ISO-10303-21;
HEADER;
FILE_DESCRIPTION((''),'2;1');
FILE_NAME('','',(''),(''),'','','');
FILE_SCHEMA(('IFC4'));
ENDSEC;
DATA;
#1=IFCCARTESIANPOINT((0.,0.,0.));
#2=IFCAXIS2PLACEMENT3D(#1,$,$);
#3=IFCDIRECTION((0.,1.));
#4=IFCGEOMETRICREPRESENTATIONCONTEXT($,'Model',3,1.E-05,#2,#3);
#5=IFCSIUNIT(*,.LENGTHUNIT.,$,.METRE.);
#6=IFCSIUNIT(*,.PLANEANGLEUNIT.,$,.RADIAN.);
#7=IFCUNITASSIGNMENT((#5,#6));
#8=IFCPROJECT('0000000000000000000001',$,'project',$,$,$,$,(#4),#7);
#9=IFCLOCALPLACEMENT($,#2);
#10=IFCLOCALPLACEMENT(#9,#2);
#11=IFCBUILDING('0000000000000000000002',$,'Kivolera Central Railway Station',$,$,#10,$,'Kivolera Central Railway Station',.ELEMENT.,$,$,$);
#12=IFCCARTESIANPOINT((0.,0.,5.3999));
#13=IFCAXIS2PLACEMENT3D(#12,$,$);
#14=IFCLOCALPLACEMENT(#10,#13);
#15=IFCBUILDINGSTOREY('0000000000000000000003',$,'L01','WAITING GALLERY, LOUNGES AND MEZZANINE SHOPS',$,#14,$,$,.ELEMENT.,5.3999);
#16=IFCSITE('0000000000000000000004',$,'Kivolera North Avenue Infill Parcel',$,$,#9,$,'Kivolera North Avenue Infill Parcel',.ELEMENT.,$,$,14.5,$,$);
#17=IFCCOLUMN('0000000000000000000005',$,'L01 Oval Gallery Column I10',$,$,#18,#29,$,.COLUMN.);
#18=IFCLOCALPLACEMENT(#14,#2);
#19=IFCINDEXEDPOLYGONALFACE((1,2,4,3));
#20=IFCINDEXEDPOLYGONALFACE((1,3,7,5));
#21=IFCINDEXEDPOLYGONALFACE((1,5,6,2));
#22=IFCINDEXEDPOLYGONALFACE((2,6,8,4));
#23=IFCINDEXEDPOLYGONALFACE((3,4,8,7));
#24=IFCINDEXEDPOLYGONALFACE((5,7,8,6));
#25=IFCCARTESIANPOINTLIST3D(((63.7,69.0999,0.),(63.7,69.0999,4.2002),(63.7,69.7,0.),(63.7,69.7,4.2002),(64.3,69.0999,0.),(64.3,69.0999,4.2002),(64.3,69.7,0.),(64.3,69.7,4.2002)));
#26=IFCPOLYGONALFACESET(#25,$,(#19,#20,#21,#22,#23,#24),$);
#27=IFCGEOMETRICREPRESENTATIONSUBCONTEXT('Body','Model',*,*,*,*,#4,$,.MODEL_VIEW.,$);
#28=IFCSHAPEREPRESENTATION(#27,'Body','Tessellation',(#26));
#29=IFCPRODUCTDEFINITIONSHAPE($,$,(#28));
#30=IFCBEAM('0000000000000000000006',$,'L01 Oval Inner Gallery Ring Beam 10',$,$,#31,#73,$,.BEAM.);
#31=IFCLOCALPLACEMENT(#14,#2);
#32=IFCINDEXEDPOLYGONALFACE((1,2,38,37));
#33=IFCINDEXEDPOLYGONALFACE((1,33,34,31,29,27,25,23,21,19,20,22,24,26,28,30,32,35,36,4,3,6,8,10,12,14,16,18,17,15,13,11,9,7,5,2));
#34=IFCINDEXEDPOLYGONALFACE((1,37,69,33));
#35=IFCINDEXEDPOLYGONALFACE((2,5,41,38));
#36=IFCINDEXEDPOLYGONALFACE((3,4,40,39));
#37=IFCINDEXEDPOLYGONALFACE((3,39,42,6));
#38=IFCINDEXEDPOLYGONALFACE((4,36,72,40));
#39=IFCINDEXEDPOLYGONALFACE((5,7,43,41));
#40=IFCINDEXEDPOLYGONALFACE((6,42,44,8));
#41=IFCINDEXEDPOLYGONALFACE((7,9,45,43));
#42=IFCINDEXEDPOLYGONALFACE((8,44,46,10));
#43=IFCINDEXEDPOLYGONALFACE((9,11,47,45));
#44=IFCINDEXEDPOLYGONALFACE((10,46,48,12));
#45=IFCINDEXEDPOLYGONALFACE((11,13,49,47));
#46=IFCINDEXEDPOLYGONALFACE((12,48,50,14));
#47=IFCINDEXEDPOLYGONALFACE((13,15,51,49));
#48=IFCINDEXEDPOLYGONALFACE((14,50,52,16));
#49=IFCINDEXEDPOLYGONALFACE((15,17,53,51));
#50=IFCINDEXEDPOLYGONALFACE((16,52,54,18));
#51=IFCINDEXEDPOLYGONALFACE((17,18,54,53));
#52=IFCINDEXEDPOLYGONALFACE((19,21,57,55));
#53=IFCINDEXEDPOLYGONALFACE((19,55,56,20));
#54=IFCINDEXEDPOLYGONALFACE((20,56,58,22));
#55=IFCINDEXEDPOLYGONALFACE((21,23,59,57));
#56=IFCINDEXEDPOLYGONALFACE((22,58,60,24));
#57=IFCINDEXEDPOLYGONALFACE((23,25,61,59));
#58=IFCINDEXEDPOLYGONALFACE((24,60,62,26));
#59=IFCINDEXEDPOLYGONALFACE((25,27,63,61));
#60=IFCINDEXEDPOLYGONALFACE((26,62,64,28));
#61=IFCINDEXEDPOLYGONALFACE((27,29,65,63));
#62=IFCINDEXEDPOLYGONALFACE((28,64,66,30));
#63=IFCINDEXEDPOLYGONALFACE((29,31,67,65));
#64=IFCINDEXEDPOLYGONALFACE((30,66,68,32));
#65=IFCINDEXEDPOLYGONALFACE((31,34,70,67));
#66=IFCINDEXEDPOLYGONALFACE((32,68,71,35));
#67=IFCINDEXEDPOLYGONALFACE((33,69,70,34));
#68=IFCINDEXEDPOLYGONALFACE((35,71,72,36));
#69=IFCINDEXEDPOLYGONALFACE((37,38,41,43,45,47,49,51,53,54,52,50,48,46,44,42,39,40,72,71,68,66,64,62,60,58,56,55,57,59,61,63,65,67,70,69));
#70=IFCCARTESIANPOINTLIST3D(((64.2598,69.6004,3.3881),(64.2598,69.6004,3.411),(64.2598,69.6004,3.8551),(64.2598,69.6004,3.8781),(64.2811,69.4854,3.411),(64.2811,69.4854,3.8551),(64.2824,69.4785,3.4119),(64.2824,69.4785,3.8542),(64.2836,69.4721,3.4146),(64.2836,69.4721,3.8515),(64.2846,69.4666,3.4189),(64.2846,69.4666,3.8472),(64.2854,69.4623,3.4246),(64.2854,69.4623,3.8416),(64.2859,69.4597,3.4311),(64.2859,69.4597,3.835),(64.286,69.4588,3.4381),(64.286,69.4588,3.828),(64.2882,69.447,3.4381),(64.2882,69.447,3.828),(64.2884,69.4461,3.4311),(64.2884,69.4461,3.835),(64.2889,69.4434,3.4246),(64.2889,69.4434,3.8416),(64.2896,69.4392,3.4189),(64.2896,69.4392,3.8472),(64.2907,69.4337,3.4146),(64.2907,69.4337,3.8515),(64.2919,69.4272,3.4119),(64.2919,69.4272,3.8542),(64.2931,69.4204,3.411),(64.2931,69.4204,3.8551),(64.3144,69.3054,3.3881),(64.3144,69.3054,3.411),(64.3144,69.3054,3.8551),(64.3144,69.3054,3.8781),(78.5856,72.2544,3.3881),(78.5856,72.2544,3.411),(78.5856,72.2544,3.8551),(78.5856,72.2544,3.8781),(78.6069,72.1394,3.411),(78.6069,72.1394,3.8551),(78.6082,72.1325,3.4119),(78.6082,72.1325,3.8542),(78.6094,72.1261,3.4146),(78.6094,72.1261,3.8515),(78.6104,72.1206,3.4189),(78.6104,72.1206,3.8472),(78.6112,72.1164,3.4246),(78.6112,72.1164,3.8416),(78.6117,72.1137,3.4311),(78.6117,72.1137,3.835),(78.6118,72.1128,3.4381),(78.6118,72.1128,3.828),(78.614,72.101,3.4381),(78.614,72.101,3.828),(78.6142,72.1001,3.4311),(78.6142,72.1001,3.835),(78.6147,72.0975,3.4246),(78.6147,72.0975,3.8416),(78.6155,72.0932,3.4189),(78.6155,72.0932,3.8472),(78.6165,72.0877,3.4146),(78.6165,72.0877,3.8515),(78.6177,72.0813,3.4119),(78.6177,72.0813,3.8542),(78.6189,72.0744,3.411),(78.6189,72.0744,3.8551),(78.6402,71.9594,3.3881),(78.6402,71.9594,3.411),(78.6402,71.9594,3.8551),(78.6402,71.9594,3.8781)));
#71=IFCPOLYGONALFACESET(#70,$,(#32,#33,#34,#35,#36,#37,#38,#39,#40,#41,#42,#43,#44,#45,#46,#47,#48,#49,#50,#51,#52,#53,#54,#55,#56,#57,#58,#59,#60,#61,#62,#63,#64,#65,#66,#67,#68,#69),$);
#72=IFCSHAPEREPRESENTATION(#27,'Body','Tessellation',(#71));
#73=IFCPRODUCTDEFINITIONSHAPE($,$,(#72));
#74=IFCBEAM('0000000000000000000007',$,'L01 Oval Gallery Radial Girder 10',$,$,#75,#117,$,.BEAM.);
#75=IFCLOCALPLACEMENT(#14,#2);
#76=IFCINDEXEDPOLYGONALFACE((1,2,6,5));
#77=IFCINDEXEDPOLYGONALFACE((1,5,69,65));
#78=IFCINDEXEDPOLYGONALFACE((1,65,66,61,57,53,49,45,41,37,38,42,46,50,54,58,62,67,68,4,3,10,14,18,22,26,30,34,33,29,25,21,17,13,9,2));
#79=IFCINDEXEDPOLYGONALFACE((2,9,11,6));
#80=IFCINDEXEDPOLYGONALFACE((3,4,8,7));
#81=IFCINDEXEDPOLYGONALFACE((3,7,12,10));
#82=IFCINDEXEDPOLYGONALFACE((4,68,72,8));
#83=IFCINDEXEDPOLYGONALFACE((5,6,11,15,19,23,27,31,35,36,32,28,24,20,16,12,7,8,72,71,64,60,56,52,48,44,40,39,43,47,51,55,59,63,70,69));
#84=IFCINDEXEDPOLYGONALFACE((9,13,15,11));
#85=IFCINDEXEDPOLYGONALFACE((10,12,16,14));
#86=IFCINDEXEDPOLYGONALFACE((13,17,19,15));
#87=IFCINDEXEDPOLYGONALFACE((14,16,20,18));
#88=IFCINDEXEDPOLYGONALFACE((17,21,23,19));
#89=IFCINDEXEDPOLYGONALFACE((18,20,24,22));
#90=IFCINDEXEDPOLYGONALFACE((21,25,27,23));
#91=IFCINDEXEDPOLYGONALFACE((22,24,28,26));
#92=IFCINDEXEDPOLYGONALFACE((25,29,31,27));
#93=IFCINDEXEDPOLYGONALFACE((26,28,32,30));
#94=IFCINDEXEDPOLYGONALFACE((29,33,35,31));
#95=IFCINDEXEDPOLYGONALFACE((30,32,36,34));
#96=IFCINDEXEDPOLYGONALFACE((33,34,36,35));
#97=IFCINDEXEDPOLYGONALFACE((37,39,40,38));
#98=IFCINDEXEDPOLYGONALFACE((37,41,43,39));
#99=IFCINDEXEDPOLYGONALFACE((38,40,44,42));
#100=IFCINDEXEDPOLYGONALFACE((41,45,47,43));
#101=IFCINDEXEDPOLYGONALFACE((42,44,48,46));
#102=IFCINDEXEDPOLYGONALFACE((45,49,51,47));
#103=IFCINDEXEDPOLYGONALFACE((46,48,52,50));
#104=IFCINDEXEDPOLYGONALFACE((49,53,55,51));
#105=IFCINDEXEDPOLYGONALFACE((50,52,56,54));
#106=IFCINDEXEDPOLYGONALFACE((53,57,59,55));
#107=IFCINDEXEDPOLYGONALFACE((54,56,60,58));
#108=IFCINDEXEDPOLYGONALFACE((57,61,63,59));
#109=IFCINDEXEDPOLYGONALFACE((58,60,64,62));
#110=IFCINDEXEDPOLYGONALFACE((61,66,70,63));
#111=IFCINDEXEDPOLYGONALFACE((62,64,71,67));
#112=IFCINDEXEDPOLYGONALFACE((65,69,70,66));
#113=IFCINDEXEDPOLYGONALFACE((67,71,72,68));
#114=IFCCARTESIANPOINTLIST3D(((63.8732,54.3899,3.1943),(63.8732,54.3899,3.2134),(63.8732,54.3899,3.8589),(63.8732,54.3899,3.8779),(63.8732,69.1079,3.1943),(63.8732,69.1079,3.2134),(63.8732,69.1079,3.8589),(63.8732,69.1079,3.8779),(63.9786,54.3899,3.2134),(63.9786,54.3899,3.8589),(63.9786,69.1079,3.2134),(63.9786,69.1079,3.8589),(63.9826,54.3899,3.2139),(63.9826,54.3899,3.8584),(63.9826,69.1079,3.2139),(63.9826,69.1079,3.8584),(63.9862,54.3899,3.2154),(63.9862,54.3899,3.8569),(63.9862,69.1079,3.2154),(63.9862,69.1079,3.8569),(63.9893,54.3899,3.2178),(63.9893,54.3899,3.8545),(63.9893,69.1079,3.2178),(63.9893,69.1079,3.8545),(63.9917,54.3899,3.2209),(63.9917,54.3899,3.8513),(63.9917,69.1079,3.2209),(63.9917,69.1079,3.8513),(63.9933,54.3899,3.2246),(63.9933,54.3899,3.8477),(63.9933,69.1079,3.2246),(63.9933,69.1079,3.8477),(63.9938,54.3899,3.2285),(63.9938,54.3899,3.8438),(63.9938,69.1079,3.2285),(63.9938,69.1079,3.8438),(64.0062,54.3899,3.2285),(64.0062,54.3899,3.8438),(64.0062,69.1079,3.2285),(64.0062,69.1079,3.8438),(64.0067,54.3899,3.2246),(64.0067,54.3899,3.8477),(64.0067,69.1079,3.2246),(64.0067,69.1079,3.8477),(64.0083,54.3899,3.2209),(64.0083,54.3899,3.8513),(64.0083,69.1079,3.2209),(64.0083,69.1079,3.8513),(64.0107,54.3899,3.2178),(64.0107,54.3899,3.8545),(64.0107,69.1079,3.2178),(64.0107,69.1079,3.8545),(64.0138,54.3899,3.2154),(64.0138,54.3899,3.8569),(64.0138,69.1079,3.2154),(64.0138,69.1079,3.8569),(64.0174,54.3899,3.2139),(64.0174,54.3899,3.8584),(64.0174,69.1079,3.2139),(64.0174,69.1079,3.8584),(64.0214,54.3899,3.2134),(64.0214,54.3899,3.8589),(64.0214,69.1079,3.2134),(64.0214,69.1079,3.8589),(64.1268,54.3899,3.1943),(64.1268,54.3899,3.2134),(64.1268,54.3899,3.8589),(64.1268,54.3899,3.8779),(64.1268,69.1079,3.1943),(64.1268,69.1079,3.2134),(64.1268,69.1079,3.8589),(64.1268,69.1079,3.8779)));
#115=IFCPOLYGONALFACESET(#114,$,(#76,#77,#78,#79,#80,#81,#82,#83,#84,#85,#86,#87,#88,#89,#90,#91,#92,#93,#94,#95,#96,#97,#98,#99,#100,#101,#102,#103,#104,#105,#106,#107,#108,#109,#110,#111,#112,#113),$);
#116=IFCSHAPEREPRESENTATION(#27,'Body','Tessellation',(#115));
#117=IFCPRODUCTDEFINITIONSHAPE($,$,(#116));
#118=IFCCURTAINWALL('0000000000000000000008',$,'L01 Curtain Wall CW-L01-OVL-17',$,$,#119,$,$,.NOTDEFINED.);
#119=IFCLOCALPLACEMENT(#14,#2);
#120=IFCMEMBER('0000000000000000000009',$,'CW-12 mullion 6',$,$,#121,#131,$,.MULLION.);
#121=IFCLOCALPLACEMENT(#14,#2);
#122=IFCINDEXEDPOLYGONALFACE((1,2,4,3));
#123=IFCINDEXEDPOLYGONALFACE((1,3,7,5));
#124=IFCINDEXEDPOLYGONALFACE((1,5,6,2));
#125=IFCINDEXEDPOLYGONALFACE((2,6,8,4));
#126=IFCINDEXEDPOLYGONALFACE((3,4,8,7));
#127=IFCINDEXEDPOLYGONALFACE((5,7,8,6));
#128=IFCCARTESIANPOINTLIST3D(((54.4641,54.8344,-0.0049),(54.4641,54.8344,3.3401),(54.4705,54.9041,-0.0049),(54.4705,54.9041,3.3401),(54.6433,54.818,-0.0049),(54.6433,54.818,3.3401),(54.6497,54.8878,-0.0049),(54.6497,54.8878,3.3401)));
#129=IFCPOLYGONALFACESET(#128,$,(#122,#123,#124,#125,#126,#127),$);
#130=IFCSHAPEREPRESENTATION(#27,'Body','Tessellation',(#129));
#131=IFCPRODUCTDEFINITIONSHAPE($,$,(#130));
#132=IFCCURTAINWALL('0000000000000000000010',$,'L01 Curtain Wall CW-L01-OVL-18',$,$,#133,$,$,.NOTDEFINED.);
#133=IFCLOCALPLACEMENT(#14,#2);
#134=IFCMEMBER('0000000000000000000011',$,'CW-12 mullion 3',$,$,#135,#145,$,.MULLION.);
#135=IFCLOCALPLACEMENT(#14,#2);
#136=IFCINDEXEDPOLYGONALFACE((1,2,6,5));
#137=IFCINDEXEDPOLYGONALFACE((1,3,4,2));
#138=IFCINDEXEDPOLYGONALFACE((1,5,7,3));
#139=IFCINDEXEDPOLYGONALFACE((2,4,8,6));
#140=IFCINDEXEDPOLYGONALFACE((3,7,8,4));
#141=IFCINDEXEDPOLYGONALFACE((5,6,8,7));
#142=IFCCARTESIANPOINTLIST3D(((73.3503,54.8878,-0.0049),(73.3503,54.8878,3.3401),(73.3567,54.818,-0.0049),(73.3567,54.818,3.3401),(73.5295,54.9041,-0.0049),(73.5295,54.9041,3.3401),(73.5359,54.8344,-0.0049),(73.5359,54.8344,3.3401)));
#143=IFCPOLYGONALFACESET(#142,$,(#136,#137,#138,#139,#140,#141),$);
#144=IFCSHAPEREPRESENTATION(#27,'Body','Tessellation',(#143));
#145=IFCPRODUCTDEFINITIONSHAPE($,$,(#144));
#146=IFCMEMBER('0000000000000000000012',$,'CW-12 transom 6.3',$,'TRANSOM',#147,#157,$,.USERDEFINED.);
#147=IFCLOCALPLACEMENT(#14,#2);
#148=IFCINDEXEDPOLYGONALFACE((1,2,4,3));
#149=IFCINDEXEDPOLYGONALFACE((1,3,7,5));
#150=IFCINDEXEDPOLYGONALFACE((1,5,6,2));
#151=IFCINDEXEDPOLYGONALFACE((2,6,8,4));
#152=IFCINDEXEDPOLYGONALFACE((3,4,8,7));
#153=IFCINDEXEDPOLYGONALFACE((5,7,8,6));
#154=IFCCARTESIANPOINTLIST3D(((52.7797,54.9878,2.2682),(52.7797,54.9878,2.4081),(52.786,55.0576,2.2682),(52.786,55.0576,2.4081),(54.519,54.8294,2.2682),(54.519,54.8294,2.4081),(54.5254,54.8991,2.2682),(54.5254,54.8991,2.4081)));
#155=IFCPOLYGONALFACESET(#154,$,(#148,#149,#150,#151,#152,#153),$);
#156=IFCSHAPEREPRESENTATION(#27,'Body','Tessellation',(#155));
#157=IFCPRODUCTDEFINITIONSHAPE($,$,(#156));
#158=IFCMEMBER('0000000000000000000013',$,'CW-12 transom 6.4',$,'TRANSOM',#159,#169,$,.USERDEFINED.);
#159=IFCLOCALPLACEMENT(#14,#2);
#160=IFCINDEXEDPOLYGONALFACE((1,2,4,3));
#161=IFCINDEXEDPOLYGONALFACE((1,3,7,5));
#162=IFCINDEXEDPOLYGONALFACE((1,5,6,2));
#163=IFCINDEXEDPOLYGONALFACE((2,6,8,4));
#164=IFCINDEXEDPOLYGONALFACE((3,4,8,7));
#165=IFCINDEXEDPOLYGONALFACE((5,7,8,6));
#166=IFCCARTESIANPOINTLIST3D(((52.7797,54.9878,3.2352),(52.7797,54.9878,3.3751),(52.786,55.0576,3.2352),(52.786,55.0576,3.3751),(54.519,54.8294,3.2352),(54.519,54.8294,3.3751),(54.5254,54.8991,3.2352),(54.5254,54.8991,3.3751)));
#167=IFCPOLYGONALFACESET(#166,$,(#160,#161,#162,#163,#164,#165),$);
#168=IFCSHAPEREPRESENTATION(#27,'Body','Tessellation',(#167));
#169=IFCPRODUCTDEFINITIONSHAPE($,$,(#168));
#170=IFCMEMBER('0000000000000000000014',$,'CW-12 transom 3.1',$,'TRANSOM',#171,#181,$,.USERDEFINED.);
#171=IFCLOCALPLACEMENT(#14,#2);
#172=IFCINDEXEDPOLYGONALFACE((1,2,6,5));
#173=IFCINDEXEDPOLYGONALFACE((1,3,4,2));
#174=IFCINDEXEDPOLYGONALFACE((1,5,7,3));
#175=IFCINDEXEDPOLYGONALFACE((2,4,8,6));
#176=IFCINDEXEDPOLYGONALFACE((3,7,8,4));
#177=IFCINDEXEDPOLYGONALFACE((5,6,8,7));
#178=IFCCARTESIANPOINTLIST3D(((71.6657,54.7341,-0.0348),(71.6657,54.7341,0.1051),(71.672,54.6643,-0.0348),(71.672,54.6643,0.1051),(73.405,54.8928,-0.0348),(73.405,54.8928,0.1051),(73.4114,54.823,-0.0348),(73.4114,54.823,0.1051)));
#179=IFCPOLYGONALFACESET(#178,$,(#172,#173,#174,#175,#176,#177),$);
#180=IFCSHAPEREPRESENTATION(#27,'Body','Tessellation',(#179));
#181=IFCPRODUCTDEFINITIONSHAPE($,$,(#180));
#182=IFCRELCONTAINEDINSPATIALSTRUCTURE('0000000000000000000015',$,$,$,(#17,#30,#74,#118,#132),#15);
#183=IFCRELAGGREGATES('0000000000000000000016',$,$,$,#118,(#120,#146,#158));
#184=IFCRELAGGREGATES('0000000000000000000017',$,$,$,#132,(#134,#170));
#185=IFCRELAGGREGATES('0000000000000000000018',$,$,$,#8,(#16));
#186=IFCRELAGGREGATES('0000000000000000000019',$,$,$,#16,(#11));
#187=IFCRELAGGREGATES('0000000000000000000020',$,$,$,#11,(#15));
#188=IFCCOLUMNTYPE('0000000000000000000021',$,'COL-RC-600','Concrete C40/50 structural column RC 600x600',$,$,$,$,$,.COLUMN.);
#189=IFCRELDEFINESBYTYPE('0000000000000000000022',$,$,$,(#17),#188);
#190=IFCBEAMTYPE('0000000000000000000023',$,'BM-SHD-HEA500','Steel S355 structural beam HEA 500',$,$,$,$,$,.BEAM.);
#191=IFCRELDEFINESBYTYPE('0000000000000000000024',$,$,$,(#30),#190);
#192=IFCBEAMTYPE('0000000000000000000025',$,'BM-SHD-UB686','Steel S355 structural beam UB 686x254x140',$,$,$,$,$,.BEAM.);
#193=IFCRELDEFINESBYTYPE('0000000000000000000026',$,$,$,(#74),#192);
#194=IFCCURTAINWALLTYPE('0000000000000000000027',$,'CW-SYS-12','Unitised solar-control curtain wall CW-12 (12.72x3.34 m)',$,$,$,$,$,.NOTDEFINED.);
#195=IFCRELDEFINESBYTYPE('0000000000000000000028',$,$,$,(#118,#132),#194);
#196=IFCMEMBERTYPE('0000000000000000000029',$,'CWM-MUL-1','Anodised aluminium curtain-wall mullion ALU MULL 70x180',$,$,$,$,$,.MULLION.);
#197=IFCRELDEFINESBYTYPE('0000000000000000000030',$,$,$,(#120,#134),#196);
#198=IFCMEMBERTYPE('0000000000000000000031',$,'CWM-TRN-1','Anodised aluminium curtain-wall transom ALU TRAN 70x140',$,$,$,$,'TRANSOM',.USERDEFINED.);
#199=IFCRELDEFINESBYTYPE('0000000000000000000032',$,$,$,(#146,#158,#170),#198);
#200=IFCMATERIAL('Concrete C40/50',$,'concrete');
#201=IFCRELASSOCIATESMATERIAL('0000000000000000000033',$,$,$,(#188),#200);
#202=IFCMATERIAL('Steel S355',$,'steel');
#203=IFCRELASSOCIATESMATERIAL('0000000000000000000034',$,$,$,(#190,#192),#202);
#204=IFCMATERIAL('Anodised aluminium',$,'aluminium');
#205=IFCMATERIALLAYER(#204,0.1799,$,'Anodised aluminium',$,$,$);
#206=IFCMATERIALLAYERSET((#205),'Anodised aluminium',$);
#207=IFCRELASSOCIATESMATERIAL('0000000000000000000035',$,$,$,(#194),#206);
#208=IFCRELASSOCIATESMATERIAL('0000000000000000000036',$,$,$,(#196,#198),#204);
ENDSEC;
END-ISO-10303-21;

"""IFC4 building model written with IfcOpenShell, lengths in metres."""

from ifc_helpers import new_model, si_unit, direction, frame, origin, origin_2d, place, context, subcontext, project, spatial, rectangle, i_section, extrude, material, layer, layer_set, material_profile, profile_set, type_object, element, aggregate, save


model = new_model("IFC4")

# Units and contexts
model_context = context("Model", 3, precision=1e-05, world=origin(), true_north=direction((0.0, 1.0)))
body_context = subcontext(model_context, "Body", "Model", "MODEL_VIEW")
ifc_project = project(units=[si_unit("LENGTHUNIT", "METRE"), si_unit("PLANEANGLEUNIT", "RADIAN")], contexts=[model_context])

# Site, building, storey
site_placement = place(None, origin())
site = spatial("IfcSite", under=ifc_project, at=site_placement, Name="Kivolera North Avenue Infill Parcel", LongName="Kivolera North Avenue Infill Parcel", CompositionType="ELEMENT", RefElevation=14.5)
building_placement = place(site_placement, origin())
building = spatial("IfcBuilding", under=site, at=building_placement, Name="Kivolera Central Railway Station", LongName="Kivolera Central Railway Station", CompositionType="ELEMENT")
storey_placement = place(building_placement, frame((0.0, 0.0, 5.3999)))
storey = spatial("IfcBuildingStorey", under=building, at=storey_placement, Name="L01", Description="WAITING GALLERY, LOUNGES AND MEZZANINE SHOPS", CompositionType="ELEMENT", Elevation=5.3999)

# Column
ifc_material_1 = material(Name="Concrete C40/50", Category="concrete")
ifc_material_profile_1 = material_profile(ifc_material_1, rectangle(XDim=0.6001, YDim=0.6001, at=origin_2d()), Name="RC 600x600")
ifc_profile_set_1 = profile_set([ifc_material_profile_1], Name="Concrete C40/50")
column_type = type_object("IfcColumnType", Name="COL-RC-600", Description="Concrete C40/50 structural column RC 600x600", PredefinedType="COLUMN", material=ifc_profile_set_1)
column_placement = place(storey_placement, frame((64.0, 69.3999, 0.0), z_axis=(0.0, 0.0, 1.0), x_axis=(1.0, 0.0, 0.0)))
element("IfcColumn", 1, at=column_placement, inside=storey, type_object=column_type, Name="L01 Oval Gallery Column I10", PredefinedType="COLUMN", context=body_context, shape_type="SweptSolid", body=[
    extrude(rectangle(XDim=0.6001, YDim=0.6001, at=origin_2d()), origin(), (0.0, 0.0, 1.0), 4.2002),
])

# Beams
ifc_material_2 = material(Name="Steel S355", Category="steel")
ifc_material_profile_2 = material_profile(ifc_material_2, i_section(OverallWidth=0.3, OverallDepth=0.49, WebThickness=0.012, FlangeThickness=0.0229, FilletRadius=0.0271, at=origin_2d()), Name="HEA 500")
ifc_profile_set_2 = profile_set([ifc_material_profile_2], Name="Steel S355")
beam_type_1 = type_object("IfcBeamType", Name="BM-SHD-HEA500", Description="Steel S355 structural beam HEA 500", PredefinedType="BEAM", material=ifc_profile_set_2)
beam_1_placement = place(storey_placement, frame((64.2871, 69.4529, 3.6331), z_axis=(0.983268, 0.182162, 0.0), x_axis=(-0.182162, 0.983268, 0.0)))
element("IfcBeam", 2, at=beam_1_placement, inside=storey, type_object=beam_type_1, Name="L01 Oval Inner Gallery Ring Beam 10", PredefinedType="BEAM", context=body_context, shape_type="SweptSolid", body=[
    extrude(i_section(OverallWidth=0.3, OverallDepth=0.49, WebThickness=0.012, FlangeThickness=0.0229, FilletRadius=0.0271, at=origin_2d()), origin(), (0.0, 0.0, 1.0), 14.5696),
])
ifc_material_profile_3 = material_profile(ifc_material_2, i_section(OverallWidth=0.2537, OverallDepth=0.6836, WebThickness=0.0125, FlangeThickness=0.019, FilletRadius=0.0151, at=origin_2d()), Name="UB 686x254x140")
ifc_profile_set_3 = profile_set([ifc_material_profile_3], Name="Steel S355")
beam_type_2 = type_object("IfcBeamType", Name="BM-SHD-UB686", Description="Steel S355 structural beam UB 686x254x140", PredefinedType="BEAM", material=ifc_profile_set_3)
beam_2_placement = place(storey_placement, frame((64.0, 69.1079, 3.5361), z_axis=(0.0, -1.0, 0.0), x_axis=(1.0, 0.0, 0.0)))
element("IfcBeam", 3, at=beam_2_placement, inside=storey, type_object=beam_type_2, Name="L01 Oval Gallery Radial Girder 10", PredefinedType="BEAM", context=body_context, shape_type="SweptSolid", body=[
    extrude(i_section(OverallWidth=0.2537, OverallDepth=0.6836, WebThickness=0.0125, FlangeThickness=0.019, FilletRadius=0.0151, at=origin_2d()), origin(), (0.0, 0.0, 1.0), 14.718),
])

# Curtain walls, members
ifc_material_3 = material(Name="Anodised aluminium", Category="aluminium")
ifc_layer_1 = layer(ifc_material_3, 0.1799, Name="Anodised aluminium")
ifc_layer_set_1 = layer_set([ifc_layer_1], Name="Anodised aluminium")
curtain_wall_type = type_object("IfcCurtainWallType", Name="CW-SYS-12", Description="Unitised solar-control curtain wall CW-12 (12.72x3.34 m)", PredefinedType="NOTDEFINED", material=ifc_layer_set_1)
curtain_wall_1_placement = place(storey_placement, origin())
curtain_wall_1 = element("IfcCurtainWall", 4, at=curtain_wall_1_placement, inside=storey, type_object=curtain_wall_type, Name="L01 Curtain Wall CW-L01-OVL-17", PredefinedType="NOTDEFINED")
ifc_material_profile_4 = material_profile(ifc_material_3, rectangle(XDim=0.0701, YDim=0.1799, at=origin_2d()), Name="ALU MULL 70x180")
ifc_profile_set_4 = profile_set([ifc_material_profile_4], Name="Anodised aluminium")
member_type_1 = type_object("IfcMemberType", Name="CWM-MUL-1", Description="Anodised aluminium curtain-wall mullion ALU MULL 70x180", PredefinedType="MULLION", material=ifc_profile_set_4)
member_1_placement = place(storey_placement, frame((54.5569, 54.8611, -0.0049), z_axis=(0.0, 0.0, 1.0), x_axis=(-0.090834, -0.995866, 0.0)))
member_1 = element("IfcMember", 5, at=member_1_placement, type_object=member_type_1, Name="CW-12 mullion 6", PredefinedType="MULLION", context=body_context, shape_type="SweptSolid", body=[
    extrude(rectangle(XDim=0.0701, YDim=0.1799, at=origin_2d()), origin(), (0.0, 0.0, 1.0), 3.345),
])
curtain_wall_2_placement = place(storey_placement, origin())
curtain_wall_2 = element("IfcCurtainWall", 6, at=curtain_wall_2_placement, inside=storey, type_object=curtain_wall_type, Name="L01 Curtain Wall CW-L01-OVL-18", PredefinedType="NOTDEFINED")
member_2_placement = place(storey_placement, frame((73.4431, 54.8611, -0.0049), z_axis=(0.0, 0.0, 1.0), x_axis=(0.090834, -0.995866, 0.0)))
member_2 = element("IfcMember", 7, at=member_2_placement, type_object=member_type_1, Name="CW-12 mullion 3", PredefinedType="MULLION", context=body_context, shape_type="SweptSolid", body=[
    extrude(rectangle(XDim=0.0701, YDim=0.1799, at=origin_2d()), origin(), (0.0, 0.0, 1.0), 3.345),
])

# Members
ifc_material_profile_5 = material_profile(ifc_material_3, rectangle(XDim=0.0701, YDim=0.1399, at=origin_2d()), Name="ALU TRAN 70x140")
ifc_profile_set_5 = profile_set([ifc_material_profile_5], Name="Anodised aluminium")
member_type_2 = type_object("IfcMemberType", Name="CWM-TRN-1", Description="Anodised aluminium curtain-wall transom ALU TRAN 70x140", ElementType="TRANSOM", PredefinedType="USERDEFINED", material=ifc_profile_set_5)
member_3_placement = place(storey_placement, frame((54.5222, 54.8643, 2.3381), z_axis=(-0.995876, 0.090725, 0.0), x_axis=(-0.090725, -0.995876, 0.0)))
member_3 = element("IfcMember", 8, at=member_3_placement, type_object=member_type_2, Name="CW-12 transom 6.3", ObjectType="TRANSOM", PredefinedType="USERDEFINED", context=body_context, shape_type="SweptSolid", body=[
    extrude(rectangle(XDim=0.0701, YDim=0.1399, at=origin_2d()), origin(), (0.0, 0.0, 1.0), 1.7466),
])
member_4_placement = place(storey_placement, frame((54.5222, 54.8643, 3.3052), z_axis=(-0.995876, 0.090725, 0.0), x_axis=(-0.090725, -0.995876, 0.0)))
member_4 = element("IfcMember", 9, at=member_4_placement, type_object=member_type_2, Name="CW-12 transom 6.4", ObjectType="TRANSOM", PredefinedType="USERDEFINED", context=body_context, shape_type="SweptSolid", body=[
    extrude(rectangle(XDim=0.0701, YDim=0.1399, at=origin_2d()), origin(), (0.0, 0.0, 1.0), 1.7466),
])
member_5_placement = place(storey_placement, frame((73.4082, 54.8579, 0.0352), z_axis=(-0.995863, -0.090863, 0.0), x_axis=(0.090863, -0.995863, 0.0)))
member_5 = element("IfcMember", 10, at=member_5_placement, type_object=member_type_2, Name="CW-12 transom 3.1", ObjectType="TRANSOM", PredefinedType="USERDEFINED", context=body_context, shape_type="SweptSolid", body=[
    extrude(rectangle(XDim=0.0701, YDim=0.1399, at=origin_2d()), origin(), (0.0, 0.0, 1.0), 1.7466),
])

aggregate(curtain_wall_1, [member_1, member_3, member_4])
aggregate(curtain_wall_2, [member_2, member_5])

save(model, "model.ifc")
